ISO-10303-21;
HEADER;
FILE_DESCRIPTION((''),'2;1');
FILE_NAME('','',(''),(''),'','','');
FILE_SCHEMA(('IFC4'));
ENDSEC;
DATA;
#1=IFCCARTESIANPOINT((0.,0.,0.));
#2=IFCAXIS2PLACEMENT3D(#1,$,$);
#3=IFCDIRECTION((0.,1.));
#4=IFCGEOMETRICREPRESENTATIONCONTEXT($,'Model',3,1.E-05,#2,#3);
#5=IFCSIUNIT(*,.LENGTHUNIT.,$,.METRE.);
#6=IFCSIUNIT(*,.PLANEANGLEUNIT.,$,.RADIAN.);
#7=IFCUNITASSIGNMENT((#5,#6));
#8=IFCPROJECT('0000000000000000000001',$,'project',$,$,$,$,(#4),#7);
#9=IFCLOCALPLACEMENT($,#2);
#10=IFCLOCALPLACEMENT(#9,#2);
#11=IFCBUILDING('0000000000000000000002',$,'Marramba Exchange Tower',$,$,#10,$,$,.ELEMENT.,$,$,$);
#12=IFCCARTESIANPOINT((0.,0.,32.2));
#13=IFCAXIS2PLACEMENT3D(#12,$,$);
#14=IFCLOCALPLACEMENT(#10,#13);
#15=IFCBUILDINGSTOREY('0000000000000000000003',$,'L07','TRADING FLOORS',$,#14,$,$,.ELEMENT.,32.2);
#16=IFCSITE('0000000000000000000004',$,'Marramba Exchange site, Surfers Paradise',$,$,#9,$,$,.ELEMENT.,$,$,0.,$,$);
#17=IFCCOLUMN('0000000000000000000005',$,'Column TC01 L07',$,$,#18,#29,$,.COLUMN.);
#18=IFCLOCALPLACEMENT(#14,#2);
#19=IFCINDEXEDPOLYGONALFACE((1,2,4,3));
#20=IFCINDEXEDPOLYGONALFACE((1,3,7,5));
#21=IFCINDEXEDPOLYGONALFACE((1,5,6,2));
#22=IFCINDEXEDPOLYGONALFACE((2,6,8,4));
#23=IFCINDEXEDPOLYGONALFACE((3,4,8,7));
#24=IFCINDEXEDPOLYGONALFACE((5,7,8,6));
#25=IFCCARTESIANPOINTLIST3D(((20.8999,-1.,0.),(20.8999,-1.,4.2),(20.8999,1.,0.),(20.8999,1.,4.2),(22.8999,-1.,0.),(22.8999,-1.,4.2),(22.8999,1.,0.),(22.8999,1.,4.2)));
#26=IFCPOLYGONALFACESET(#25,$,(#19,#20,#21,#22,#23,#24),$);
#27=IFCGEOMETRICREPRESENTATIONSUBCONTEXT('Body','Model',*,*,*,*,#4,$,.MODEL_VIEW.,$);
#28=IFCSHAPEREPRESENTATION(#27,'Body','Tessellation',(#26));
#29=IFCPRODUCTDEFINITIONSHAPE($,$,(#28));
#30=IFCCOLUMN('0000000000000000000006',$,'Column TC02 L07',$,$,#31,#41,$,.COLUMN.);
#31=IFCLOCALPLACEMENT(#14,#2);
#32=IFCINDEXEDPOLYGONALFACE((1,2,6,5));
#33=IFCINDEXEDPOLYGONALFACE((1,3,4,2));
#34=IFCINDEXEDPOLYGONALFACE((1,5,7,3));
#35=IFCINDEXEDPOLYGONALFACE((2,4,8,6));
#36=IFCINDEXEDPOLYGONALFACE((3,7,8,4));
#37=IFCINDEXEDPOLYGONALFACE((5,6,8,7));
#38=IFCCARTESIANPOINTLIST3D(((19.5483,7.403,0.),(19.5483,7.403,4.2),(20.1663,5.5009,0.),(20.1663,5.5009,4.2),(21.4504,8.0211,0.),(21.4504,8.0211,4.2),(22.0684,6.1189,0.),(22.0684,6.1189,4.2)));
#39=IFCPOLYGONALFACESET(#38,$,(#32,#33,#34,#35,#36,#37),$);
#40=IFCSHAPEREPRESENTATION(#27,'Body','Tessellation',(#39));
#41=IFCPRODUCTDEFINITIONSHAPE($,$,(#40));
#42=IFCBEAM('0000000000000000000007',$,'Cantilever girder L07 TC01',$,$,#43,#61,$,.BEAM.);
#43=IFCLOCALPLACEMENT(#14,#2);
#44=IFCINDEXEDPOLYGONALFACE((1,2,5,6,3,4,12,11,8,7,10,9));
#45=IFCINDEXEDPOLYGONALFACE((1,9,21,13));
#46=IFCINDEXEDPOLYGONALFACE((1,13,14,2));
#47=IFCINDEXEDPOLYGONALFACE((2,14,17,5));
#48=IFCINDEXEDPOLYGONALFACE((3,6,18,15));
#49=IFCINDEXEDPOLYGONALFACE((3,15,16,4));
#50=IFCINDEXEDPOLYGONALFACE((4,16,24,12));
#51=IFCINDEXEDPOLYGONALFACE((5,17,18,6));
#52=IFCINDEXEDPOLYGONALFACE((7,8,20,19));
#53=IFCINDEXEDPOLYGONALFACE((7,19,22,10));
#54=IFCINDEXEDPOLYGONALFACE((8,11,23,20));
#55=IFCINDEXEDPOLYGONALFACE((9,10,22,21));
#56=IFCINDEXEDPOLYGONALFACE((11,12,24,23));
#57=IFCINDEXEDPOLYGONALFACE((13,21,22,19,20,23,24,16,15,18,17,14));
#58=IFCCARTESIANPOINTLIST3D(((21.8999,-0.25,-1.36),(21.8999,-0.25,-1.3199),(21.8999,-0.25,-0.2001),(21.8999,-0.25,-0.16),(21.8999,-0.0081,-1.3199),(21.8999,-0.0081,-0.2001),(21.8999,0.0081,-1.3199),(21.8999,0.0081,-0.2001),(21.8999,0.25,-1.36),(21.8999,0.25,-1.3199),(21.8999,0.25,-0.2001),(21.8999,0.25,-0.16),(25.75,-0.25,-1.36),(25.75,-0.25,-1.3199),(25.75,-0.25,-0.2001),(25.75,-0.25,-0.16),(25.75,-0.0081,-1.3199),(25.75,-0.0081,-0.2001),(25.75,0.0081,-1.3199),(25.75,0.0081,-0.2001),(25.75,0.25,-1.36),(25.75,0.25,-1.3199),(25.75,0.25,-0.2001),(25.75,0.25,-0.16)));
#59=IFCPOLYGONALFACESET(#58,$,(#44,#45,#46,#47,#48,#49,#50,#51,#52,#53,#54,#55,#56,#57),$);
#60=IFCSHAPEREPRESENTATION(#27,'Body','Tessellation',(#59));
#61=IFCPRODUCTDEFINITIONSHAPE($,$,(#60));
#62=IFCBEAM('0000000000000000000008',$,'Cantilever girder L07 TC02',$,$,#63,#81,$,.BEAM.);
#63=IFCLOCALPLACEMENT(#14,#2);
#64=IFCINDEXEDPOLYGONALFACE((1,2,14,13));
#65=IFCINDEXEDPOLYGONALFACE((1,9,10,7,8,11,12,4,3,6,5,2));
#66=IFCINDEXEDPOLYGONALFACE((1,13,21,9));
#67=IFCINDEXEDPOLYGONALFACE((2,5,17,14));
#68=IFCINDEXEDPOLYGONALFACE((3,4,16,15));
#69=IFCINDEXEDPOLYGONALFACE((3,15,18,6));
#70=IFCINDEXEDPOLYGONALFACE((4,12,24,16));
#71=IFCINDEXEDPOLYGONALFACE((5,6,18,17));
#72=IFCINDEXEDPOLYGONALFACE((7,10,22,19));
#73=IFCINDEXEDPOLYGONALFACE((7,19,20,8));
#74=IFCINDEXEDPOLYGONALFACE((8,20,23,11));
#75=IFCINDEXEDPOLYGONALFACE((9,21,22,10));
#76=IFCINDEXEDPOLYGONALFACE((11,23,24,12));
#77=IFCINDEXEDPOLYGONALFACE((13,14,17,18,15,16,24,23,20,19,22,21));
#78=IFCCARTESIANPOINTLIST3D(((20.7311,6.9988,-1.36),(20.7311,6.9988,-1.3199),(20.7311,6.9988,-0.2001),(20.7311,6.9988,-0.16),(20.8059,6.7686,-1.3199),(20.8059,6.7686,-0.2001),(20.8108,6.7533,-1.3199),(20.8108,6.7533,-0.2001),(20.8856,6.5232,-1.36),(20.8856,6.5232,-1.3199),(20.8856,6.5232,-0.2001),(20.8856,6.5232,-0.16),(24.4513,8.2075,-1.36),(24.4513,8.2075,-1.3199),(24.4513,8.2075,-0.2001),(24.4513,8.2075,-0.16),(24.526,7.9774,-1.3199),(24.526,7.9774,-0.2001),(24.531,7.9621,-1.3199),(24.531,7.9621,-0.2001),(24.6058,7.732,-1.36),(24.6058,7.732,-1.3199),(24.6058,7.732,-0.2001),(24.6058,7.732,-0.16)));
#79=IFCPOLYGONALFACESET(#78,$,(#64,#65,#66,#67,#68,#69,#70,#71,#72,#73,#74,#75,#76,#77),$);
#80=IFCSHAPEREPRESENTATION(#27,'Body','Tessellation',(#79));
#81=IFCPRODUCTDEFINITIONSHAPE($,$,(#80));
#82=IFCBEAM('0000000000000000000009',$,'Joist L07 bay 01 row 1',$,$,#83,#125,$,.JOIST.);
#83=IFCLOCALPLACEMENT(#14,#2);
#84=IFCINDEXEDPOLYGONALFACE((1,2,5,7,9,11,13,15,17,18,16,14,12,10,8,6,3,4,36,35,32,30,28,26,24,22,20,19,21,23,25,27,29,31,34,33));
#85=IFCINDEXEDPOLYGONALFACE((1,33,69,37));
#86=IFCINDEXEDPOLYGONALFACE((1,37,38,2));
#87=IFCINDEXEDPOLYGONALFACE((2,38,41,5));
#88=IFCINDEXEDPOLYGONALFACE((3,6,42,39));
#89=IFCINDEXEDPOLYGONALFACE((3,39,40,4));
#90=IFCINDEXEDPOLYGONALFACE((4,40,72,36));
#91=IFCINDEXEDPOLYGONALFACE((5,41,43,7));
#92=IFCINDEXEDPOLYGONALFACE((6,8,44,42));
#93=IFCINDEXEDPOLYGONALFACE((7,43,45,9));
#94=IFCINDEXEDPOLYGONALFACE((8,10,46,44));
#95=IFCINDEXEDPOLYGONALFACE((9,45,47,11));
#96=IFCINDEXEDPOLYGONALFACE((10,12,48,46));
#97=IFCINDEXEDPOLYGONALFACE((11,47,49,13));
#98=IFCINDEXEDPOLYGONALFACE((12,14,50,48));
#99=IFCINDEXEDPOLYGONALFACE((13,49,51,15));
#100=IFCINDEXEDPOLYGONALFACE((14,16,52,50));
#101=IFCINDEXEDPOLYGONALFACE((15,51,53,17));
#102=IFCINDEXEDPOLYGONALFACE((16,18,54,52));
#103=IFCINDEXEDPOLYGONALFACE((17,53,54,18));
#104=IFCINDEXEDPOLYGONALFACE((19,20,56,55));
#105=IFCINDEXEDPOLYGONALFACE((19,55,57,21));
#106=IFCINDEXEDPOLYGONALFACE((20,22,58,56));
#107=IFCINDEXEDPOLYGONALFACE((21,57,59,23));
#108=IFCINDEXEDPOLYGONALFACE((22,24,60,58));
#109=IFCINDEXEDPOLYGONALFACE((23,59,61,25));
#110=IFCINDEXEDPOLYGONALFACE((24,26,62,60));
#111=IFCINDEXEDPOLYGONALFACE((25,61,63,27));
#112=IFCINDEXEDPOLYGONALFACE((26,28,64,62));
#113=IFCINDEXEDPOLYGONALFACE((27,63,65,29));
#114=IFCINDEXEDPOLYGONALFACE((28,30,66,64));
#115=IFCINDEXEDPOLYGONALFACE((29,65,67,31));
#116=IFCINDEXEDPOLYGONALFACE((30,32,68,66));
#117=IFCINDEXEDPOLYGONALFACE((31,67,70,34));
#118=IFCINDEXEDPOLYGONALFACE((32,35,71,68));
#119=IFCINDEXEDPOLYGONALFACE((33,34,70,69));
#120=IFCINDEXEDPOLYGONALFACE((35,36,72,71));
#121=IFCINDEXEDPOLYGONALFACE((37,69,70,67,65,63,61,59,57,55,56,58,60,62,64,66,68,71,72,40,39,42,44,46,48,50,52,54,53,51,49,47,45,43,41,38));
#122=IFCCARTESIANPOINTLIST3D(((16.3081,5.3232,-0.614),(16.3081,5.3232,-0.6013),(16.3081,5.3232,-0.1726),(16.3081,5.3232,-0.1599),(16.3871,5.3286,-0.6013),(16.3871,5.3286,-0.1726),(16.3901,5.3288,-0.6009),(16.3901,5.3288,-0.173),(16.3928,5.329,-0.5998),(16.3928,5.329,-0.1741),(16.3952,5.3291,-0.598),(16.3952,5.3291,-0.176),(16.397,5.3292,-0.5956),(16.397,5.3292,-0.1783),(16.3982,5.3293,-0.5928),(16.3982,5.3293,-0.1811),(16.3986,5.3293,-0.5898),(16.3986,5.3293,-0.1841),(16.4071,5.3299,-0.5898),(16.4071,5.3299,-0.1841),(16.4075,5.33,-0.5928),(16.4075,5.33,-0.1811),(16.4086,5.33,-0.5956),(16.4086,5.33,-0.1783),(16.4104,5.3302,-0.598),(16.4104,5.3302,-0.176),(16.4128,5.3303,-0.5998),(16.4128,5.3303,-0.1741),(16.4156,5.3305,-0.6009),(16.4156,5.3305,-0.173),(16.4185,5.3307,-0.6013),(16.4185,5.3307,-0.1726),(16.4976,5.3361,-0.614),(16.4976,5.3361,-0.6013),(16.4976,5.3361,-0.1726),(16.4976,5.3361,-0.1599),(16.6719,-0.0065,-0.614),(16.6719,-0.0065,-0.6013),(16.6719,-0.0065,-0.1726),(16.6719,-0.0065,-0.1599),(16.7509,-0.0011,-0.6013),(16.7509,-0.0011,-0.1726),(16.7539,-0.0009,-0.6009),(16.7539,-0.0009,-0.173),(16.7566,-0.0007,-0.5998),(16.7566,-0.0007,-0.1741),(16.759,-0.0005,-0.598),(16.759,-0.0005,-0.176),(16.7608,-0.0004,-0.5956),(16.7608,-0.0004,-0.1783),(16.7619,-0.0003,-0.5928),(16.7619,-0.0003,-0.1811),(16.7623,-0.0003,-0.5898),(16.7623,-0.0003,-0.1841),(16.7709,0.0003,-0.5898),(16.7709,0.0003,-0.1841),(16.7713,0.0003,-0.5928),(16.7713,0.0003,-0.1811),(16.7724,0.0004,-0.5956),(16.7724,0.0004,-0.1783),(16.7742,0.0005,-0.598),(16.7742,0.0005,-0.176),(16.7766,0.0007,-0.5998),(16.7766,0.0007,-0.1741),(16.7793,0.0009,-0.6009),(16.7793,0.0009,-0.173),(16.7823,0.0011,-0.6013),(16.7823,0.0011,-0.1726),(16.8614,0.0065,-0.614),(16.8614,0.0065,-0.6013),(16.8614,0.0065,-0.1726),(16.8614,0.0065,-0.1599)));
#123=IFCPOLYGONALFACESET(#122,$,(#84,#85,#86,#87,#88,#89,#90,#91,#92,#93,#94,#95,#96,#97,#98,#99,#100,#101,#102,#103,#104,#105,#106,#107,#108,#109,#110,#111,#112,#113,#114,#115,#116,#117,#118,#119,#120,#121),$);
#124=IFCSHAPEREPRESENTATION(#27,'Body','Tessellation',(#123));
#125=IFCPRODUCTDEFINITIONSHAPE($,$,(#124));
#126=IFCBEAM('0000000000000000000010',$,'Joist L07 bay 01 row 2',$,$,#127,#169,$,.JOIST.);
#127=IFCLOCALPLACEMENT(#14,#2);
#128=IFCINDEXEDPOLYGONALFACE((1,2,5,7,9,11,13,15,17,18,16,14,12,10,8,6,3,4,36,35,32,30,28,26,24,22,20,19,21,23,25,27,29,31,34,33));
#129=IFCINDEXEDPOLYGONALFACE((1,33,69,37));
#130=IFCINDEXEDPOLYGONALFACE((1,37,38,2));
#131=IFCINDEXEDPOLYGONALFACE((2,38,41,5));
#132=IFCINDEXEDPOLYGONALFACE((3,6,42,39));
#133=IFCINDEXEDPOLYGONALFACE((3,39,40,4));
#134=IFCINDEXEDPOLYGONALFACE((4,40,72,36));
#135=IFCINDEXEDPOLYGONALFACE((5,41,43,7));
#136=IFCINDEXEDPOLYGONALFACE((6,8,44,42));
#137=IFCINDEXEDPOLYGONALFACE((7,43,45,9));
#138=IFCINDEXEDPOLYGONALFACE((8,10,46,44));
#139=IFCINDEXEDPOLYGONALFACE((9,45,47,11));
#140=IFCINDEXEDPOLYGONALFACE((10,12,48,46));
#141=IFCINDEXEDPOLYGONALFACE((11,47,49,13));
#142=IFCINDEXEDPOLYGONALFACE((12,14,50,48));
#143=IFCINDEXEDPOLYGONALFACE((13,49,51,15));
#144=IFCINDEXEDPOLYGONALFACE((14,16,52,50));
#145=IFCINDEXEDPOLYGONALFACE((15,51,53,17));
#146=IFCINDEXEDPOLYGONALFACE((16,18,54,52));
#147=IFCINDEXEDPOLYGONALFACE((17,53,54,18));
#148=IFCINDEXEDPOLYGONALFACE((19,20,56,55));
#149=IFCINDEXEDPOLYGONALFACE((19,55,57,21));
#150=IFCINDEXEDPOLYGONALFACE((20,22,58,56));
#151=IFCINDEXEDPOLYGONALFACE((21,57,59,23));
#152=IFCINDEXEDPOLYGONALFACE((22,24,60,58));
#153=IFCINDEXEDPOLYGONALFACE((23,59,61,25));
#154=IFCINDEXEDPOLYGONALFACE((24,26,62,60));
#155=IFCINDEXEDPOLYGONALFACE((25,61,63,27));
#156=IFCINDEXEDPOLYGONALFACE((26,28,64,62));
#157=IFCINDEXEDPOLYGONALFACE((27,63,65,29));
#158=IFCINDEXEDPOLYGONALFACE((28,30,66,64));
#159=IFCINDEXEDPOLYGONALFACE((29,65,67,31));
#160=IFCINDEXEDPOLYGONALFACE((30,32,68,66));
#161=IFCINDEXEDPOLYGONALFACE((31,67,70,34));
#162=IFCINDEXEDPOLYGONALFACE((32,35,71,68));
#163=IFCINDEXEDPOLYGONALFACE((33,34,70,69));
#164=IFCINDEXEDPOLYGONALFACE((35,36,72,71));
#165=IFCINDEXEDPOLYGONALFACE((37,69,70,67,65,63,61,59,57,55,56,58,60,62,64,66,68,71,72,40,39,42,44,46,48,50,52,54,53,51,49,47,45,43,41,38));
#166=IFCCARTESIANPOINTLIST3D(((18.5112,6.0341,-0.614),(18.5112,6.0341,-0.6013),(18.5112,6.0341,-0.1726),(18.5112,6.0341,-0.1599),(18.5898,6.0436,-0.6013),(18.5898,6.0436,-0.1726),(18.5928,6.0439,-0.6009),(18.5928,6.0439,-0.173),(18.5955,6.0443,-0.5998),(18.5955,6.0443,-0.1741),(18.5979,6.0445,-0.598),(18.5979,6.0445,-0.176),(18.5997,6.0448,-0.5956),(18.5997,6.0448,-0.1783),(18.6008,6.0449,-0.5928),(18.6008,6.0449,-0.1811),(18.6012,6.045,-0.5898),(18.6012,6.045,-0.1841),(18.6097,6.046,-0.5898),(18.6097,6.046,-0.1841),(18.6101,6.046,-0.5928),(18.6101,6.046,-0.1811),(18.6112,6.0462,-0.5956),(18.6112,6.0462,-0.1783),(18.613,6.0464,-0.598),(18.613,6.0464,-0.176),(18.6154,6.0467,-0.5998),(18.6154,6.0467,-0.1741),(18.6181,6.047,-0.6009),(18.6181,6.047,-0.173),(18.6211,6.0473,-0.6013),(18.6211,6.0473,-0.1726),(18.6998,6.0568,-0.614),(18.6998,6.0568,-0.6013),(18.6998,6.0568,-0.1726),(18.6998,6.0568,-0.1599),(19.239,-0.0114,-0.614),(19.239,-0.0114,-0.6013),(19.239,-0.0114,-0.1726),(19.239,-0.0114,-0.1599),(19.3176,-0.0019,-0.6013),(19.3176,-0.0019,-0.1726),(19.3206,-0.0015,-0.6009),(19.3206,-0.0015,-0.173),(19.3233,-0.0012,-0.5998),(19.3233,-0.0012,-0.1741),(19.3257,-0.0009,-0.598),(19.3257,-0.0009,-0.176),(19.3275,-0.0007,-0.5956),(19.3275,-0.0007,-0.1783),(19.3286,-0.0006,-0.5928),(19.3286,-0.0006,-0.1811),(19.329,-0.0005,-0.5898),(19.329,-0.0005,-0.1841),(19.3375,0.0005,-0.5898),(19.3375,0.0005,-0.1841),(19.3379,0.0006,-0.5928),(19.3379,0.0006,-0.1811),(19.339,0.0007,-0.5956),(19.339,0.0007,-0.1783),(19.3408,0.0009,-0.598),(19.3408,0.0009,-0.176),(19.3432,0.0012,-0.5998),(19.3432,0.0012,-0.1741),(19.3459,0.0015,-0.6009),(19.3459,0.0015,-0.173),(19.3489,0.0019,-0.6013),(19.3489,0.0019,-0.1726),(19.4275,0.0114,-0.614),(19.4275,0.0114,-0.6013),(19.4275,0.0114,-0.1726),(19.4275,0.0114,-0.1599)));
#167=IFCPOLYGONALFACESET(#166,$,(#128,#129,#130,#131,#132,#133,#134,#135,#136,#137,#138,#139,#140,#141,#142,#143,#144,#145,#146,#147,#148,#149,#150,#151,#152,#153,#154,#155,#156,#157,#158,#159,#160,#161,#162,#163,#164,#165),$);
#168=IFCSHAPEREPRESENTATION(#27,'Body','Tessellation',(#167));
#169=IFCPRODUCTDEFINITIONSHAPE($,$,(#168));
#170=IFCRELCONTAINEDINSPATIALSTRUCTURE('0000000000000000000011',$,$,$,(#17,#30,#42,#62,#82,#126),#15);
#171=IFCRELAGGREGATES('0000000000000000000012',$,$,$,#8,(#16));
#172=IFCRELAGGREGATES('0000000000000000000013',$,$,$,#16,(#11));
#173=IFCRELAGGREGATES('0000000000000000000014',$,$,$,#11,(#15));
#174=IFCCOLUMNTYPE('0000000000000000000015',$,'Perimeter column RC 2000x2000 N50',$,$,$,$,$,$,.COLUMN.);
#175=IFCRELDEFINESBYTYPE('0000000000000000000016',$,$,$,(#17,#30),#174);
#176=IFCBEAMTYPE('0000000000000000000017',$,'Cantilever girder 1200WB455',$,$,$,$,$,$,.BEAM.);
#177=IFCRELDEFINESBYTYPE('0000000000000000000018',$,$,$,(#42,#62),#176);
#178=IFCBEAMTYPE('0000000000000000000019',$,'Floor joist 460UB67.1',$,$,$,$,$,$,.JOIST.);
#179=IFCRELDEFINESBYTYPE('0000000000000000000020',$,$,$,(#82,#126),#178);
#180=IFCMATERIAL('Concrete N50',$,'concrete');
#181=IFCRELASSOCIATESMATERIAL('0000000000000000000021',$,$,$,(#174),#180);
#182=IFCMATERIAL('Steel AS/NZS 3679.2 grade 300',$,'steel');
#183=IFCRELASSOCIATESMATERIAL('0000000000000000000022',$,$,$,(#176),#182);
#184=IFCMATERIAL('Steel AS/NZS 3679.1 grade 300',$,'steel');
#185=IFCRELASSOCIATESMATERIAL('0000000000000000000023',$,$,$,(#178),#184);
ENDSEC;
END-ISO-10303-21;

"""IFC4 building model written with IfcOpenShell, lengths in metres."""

from ifc_helpers import new_model, si_unit, direction, frame, origin, origin_2d, place, context, subcontext, project, spatial, rectangle, i_section, extrude, material, material_profile, profile_set, type_object, element, save


model = new_model("IFC4")

# Units and contexts
model_context = context("Model", 3, precision=1e-05, world=origin(), true_north=direction((0.0, 1.0)))
body_context = subcontext(model_context, "Body", "Model", "MODEL_VIEW")
ifc_project = project(units=[si_unit("LENGTHUNIT", "METRE"), si_unit("PLANEANGLEUNIT", "RADIAN")], contexts=[model_context])

# Site, building, storey
site_placement = place(None, origin())
site = spatial("IfcSite", under=ifc_project, at=site_placement, Name="Marramba Exchange site, Surfers Paradise", CompositionType="ELEMENT", RefElevation=0.0)
building_placement = place(site_placement, origin())
building = spatial("IfcBuilding", under=site, at=building_placement, Name="Marramba Exchange Tower", CompositionType="ELEMENT")
storey_placement = place(building_placement, frame((0.0, 0.0, 32.2)))
storey = spatial("IfcBuildingStorey", under=building, at=storey_placement, Name="L07", Description="TRADING FLOORS", CompositionType="ELEMENT", Elevation=32.2)

# Columns
ifc_material_1 = material(Name="Concrete N50", Category="concrete")
ifc_material_profile_1 = material_profile(ifc_material_1, rectangle(XDim=2.0, YDim=2.0, at=origin_2d()), Name="RC 2000x2000")
ifc_profile_set_1 = profile_set([ifc_material_profile_1], Name="Concrete N50")
column_type = type_object("IfcColumnType", Name="Perimeter column RC 2000x2000 N50", PredefinedType="COLUMN", material=ifc_profile_set_1)
for number, where, z_axis, x_axis, name in (
    (1, (21.8999, 0.0, 0.0), (0.0, 0.0, 1.0), (1.0, 0.0, 0.0), "Column TC01 L07"),
    (2, (20.8083, 6.761, 0.0), (0.0, 0.0, 1.0), (0.951057, 0.309017, 0.0), "Column TC02 L07"),
):
    element("IfcColumn", number, at=place(storey_placement, frame(where, z_axis=z_axis, x_axis=x_axis)), inside=storey, type_object=column_type, Name=name, PredefinedType="COLUMN", context=body_context, shape_type="SweptSolid", body=[
        extrude(rectangle(XDim=2.0, YDim=2.0, at=origin_2d()), origin(), (0.0, 0.0, 1.0), 4.2),
    ])

# Beams
ifc_material_2 = material(Name="Steel AS/NZS 3679.2 grade 300", Category="steel")
ifc_material_profile_2 = material_profile(ifc_material_2, i_section(OverallWidth=0.5, OverallDepth=1.2, WebThickness=0.0161, FlangeThickness=0.04, at=origin_2d()), Name="1200WB455")
ifc_profile_set_2 = profile_set([ifc_material_profile_2], Name="Steel AS/NZS 3679.2 grade 300")
beam_type_1 = type_object("IfcBeamType", Name="Cantilever girder 1200WB455", PredefinedType="BEAM", material=ifc_profile_set_2)
beam_1_placement = place(storey_placement, frame((21.8999, 0.0, -0.76), z_axis=(1.0, 0.0, 0.0), x_axis=(0.0, 1.0, 0.0)))
element("IfcBeam", 3, at=beam_1_placement, inside=storey, type_object=beam_type_1, Name="Cantilever girder L07 TC01", PredefinedType="BEAM", context=body_context, shape_type="SweptSolid", body=[
    extrude(i_section(OverallWidth=0.5, OverallDepth=1.2, WebThickness=0.0161, FlangeThickness=0.04, at=origin_2d()), origin(), (0.0, 0.0, 1.0), 3.8501),
])
beam_2_placement = place(storey_placement, frame((20.8083, 6.761, -0.76), z_axis=(0.951059, 0.30901, 0.0), x_axis=(-0.30901, 0.951059, 0.0)))
element("IfcBeam", 4, at=beam_2_placement, inside=storey, type_object=beam_type_1, Name="Cantilever girder L07 TC02", PredefinedType="BEAM", context=body_context, shape_type="SweptSolid", body=[
    extrude(i_section(OverallWidth=0.5, OverallDepth=1.2, WebThickness=0.0161, FlangeThickness=0.04, at=origin_2d()), origin(), (0.0, 0.0, 1.0), 3.9116),
])
ifc_material_3 = material(Name="Steel AS/NZS 3679.1 grade 300", Category="steel")
ifc_material_profile_3 = material_profile(ifc_material_3, i_section(OverallWidth=0.1899, OverallDepth=0.4541, WebThickness=0.0085, FlangeThickness=0.0127, FilletRadius=0.0115, at=origin_2d()), Name="460UB67.1")
ifc_profile_set_3 = profile_set([ifc_material_profile_3], Name="Steel AS/NZS 3679.1 grade 300")
beam_type_2 = type_object("IfcBeamType", Name="Floor joist 460UB67.1", PredefinedType="JOIST", material=ifc_profile_set_3)
beam_3_placement = place(storey_placement, frame((16.7666, 0.0, -0.387), z_axis=(-0.068096, 0.997679, 0.0), x_axis=(-0.997679, -0.068096, 0.0)))
element("IfcBeam", 5, at=beam_3_placement, inside=storey, type_object=beam_type_2, Name="Joist L07 bay 01 row 1", PredefinedType="JOIST", context=body_context, shape_type="SweptSolid", body=[
    extrude(i_section(OverallWidth=0.1899, OverallDepth=0.4541, WebThickness=0.0085, FlangeThickness=0.0127, FilletRadius=0.0115, at=origin_2d()), origin(), (0.0, 0.0, 1.0), 5.342),
])
beam_4_placement = place(storey_placement, frame((19.3333, 0.0, -0.387), z_axis=(-0.119523, 0.992831, 0.0), x_axis=(-0.992831, -0.119523, 0.0)))
element("IfcBeam", 6, at=beam_4_placement, inside=storey, type_object=beam_type_2, Name="Joist L07 bay 01 row 2", PredefinedType="JOIST", context=body_context, shape_type="SweptSolid", body=[
    extrude(i_section(OverallWidth=0.1899, OverallDepth=0.4541, WebThickness=0.0085, FlangeThickness=0.0127, FilletRadius=0.0115, at=origin_2d()), origin(), (0.0, 0.0, 1.0), 6.0891),
])

save(model, "model.ifc")
